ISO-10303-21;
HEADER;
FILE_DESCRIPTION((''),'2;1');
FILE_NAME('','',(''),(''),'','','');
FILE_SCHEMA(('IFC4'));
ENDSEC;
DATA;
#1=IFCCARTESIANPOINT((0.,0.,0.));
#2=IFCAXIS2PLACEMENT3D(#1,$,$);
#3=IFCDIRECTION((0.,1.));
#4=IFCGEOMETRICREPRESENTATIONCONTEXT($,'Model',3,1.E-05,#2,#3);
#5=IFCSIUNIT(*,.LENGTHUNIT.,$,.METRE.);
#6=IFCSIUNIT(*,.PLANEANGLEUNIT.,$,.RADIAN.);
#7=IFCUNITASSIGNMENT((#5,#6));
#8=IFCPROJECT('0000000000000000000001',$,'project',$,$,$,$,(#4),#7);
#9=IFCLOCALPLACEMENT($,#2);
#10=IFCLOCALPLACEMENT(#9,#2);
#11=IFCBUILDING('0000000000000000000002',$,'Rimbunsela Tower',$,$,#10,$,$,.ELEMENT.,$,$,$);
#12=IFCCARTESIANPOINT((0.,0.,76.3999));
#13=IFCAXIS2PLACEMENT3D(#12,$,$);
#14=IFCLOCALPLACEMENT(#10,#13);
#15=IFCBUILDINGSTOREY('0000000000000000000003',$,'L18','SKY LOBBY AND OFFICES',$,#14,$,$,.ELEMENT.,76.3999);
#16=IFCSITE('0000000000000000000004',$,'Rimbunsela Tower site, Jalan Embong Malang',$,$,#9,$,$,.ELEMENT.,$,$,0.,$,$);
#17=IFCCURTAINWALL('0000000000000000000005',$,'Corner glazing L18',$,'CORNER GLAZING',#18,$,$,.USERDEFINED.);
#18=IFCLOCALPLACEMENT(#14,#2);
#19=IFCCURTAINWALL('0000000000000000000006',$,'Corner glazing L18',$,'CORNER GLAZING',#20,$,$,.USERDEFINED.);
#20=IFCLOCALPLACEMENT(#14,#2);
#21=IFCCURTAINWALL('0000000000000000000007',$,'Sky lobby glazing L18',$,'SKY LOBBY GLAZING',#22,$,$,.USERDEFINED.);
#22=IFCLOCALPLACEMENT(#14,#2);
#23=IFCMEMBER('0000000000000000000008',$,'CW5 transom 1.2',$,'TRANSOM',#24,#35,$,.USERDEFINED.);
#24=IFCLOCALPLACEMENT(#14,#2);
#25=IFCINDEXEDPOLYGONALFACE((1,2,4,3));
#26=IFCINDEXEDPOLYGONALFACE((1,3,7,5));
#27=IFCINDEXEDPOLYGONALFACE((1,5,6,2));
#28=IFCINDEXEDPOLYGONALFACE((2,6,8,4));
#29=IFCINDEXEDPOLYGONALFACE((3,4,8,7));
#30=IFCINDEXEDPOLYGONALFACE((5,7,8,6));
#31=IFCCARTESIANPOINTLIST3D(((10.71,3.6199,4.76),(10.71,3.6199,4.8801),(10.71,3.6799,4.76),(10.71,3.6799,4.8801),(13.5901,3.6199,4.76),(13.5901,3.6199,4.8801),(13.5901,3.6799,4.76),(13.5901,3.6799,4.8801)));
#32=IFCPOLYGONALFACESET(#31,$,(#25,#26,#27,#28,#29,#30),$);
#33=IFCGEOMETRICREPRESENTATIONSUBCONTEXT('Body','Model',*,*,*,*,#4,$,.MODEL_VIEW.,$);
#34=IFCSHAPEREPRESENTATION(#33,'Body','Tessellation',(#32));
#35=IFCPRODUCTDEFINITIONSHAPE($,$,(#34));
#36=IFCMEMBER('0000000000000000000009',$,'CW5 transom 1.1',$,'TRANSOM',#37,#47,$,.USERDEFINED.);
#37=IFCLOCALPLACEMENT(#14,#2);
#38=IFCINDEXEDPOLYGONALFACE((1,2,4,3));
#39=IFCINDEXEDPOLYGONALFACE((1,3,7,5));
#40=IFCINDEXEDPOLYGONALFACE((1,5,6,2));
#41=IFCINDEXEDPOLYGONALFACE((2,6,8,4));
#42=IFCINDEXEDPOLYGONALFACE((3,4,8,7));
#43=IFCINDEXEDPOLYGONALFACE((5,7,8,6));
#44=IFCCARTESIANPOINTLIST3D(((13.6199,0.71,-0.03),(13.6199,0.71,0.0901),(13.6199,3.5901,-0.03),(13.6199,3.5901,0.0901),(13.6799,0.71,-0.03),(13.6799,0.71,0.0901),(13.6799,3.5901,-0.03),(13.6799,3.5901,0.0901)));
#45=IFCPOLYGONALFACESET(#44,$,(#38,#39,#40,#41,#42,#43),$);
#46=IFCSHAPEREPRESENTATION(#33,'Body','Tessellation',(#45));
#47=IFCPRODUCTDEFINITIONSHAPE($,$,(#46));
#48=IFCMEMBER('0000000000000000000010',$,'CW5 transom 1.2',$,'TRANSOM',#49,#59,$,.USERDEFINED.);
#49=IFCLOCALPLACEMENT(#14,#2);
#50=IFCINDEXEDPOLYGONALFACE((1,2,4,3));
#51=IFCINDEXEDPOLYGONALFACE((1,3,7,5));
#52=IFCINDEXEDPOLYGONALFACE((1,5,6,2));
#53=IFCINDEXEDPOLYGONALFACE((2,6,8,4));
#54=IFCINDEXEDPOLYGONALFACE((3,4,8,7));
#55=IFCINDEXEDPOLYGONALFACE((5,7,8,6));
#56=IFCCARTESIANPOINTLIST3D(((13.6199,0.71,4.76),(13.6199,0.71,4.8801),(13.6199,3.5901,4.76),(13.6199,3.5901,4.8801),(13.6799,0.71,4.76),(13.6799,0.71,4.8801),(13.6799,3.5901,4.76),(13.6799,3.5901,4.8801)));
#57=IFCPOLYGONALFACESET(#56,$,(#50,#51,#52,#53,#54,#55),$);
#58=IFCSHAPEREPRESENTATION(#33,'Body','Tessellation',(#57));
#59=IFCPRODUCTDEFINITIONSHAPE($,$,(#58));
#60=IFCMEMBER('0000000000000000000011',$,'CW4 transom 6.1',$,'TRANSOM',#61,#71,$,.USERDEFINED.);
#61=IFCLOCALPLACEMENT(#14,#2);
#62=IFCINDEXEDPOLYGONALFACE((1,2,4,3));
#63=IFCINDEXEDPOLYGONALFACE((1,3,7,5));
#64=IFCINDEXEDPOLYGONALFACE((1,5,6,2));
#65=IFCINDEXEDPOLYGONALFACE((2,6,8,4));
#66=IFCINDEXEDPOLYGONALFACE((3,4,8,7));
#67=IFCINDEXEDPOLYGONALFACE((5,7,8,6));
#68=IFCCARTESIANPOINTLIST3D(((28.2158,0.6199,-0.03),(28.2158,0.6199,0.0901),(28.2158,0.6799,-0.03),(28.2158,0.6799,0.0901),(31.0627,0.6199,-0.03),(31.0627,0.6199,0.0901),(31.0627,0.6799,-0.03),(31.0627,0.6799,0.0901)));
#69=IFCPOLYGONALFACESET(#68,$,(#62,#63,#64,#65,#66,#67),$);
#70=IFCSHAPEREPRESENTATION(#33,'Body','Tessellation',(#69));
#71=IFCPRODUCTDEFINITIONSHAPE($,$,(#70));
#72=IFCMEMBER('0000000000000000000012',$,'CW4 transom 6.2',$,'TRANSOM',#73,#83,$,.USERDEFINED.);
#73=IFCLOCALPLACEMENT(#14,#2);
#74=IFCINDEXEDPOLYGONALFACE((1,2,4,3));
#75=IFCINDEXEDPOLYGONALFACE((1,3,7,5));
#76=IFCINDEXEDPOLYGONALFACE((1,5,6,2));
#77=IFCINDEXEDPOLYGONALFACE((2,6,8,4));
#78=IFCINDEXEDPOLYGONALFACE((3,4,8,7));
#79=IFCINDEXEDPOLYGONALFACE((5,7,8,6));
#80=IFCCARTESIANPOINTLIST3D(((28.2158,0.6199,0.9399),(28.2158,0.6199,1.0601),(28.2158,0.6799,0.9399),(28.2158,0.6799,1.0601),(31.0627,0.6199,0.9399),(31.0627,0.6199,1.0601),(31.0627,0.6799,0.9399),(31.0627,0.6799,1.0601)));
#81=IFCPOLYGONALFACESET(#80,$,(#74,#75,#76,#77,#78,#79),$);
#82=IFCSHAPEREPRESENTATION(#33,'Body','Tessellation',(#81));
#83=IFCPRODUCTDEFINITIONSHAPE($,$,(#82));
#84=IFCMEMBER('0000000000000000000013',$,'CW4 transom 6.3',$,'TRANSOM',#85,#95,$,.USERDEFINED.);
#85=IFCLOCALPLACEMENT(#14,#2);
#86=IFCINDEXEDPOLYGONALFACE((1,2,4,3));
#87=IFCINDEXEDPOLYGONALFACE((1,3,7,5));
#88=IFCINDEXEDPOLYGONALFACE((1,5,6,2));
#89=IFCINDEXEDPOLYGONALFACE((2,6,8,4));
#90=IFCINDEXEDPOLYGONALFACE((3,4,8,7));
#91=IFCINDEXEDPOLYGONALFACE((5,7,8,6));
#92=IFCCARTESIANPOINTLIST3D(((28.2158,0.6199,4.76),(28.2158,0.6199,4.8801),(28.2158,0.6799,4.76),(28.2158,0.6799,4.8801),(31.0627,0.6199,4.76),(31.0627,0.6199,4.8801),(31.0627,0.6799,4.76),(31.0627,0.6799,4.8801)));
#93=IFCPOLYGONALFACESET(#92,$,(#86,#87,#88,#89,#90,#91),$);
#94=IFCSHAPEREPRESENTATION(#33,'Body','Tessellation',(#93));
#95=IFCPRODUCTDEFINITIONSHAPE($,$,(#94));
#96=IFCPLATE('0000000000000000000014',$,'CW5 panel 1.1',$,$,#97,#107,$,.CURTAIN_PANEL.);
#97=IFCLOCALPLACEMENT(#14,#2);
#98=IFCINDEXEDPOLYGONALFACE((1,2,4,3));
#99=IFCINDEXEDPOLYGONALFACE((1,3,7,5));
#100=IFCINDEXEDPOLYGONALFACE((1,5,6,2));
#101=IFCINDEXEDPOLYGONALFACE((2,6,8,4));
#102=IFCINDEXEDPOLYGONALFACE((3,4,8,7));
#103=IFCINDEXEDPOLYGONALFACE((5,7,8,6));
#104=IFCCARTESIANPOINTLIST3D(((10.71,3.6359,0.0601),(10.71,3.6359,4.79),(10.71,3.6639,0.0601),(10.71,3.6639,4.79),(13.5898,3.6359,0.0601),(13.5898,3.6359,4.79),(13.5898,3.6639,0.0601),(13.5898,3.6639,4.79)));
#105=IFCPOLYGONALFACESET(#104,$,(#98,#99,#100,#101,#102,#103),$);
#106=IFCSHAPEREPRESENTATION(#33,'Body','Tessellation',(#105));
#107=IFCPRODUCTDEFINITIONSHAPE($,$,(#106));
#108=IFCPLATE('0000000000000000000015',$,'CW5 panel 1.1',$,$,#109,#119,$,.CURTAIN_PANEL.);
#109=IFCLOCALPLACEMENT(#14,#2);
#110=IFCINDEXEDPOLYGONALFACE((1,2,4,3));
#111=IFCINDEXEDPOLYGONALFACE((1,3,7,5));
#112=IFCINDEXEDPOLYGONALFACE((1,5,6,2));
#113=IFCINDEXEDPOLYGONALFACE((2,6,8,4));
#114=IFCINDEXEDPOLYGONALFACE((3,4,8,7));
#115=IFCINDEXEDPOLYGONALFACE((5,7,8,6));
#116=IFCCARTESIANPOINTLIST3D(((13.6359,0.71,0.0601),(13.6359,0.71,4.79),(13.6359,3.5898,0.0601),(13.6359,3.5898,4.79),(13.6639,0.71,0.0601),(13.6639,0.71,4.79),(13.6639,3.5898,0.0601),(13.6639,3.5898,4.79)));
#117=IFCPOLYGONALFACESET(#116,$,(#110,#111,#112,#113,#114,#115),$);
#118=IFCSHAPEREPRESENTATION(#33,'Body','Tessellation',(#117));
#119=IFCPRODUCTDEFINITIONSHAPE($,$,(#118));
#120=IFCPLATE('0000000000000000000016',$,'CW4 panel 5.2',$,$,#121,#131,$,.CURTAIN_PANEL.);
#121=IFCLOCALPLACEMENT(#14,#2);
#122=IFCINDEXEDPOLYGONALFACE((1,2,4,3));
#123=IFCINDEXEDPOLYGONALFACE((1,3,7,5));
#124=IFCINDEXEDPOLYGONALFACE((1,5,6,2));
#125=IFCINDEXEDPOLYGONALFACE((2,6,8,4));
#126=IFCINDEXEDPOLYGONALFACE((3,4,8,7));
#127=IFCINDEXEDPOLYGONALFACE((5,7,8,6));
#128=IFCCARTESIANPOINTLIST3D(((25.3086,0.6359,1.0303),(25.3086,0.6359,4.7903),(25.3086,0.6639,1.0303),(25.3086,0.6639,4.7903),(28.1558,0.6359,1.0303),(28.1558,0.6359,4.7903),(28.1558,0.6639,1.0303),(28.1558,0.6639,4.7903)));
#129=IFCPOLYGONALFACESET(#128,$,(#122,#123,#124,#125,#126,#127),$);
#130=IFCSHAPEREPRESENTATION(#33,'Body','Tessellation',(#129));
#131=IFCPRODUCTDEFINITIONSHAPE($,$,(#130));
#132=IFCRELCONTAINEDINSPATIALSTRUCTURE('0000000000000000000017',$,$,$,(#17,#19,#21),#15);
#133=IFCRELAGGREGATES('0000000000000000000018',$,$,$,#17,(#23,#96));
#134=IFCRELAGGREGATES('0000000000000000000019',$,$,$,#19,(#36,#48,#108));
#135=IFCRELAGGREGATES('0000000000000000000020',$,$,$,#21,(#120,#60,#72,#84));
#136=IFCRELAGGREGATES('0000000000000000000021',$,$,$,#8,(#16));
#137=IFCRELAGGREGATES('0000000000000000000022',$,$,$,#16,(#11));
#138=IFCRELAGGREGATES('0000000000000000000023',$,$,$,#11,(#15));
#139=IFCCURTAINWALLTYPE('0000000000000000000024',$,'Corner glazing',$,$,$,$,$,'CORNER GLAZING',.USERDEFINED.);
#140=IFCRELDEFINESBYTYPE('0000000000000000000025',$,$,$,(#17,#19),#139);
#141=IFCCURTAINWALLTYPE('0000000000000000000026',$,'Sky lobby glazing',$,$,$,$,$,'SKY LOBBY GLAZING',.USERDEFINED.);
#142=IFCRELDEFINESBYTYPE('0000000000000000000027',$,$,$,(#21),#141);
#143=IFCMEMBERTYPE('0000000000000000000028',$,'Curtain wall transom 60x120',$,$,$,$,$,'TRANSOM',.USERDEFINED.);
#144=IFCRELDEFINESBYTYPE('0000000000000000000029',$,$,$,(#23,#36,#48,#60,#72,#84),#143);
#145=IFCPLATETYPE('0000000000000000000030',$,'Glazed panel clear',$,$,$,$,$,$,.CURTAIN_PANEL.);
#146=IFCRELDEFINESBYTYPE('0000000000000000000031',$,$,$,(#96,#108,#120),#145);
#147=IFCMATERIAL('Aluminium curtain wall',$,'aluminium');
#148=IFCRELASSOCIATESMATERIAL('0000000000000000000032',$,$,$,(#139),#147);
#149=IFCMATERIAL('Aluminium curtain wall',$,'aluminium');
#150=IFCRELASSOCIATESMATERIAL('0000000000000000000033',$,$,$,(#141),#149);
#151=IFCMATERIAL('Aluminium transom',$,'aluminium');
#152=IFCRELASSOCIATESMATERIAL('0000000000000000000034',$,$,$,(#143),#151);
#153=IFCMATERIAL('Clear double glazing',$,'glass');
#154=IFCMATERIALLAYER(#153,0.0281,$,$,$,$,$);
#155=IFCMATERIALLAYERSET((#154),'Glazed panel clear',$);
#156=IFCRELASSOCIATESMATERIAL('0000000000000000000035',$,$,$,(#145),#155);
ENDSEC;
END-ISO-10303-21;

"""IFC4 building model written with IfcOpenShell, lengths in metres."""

from ifc_helpers import new_model, si_unit, direction, frame, origin, origin_2d, place, context, subcontext, project, spatial, rectangle, extrude, material, layer, layer_set, material_profile, profile_set, type_object, element, aggregate, save


model = new_model("IFC4")

# Units and contexts
model_context = context("Model", 3, precision=1e-05, world=origin(), true_north=direction((0.0, 1.0)))
body_context = subcontext(model_context, "Body", "Model", "MODEL_VIEW")
ifc_project = project(units=[si_unit("LENGTHUNIT", "METRE"), si_unit("PLANEANGLEUNIT", "RADIAN")], contexts=[model_context])

# Site, building, storey
site_placement = place(None, origin())
site = spatial("IfcSite", under=ifc_project, at=site_placement, Name="Rimbunsela Tower site, Jalan Embong Malang", CompositionType="ELEMENT", RefElevation=0.0)
building_placement = place(site_placement, origin())
building = spatial("IfcBuilding", under=site, at=building_placement, Name="Rimbunsela Tower", CompositionType="ELEMENT")
storey_placement = place(building_placement, frame((0.0, 0.0, 76.3999)))
storey = spatial("IfcBuildingStorey", under=building, at=storey_placement, Name="L18", Description="SKY LOBBY AND OFFICES", CompositionType="ELEMENT", Elevation=76.3999)

# Curtain walls
ifc_material_1 = material(Name="Aluminium curtain wall", Category="aluminium")
curtain_wall_type_1 = type_object("IfcCurtainWallType", Name="Corner glazing", ElementType="CORNER GLAZING", PredefinedType="USERDEFINED", material=ifc_material_1)
curtain_wall_1_placement = place(storey_placement, origin())
curtain_wall_1 = element("IfcCurtainWall", 1, at=curtain_wall_1_placement, inside=storey, type_object=curtain_wall_type_1, Name="Corner glazing L18", ObjectType="CORNER GLAZING", PredefinedType="USERDEFINED")
curtain_wall_2_placement = place(storey_placement, origin())
curtain_wall_2 = element("IfcCurtainWall", 2, at=curtain_wall_2_placement, inside=storey, type_object=curtain_wall_type_1, Name="Corner glazing L18", ObjectType="CORNER GLAZING", PredefinedType="USERDEFINED")

# Curtain wall
ifc_material_2 = material(Name="Aluminium curtain wall", Category="aluminium")
curtain_wall_type_2 = type_object("IfcCurtainWallType", Name="Sky lobby glazing", ElementType="SKY LOBBY GLAZING", PredefinedType="USERDEFINED", material=ifc_material_2)
curtain_wall_3_placement = place(storey_placement, origin())
curtain_wall_3 = element("IfcCurtainWall", 3, at=curtain_wall_3_placement, inside=storey, type_object=curtain_wall_type_2, Name="Sky lobby glazing L18", ObjectType="SKY LOBBY GLAZING", PredefinedType="USERDEFINED")

# Members
ifc_material_3 = material(Name="Aluminium transom", Category="aluminium")
ifc_material_profile_1 = material_profile(ifc_material_3, rectangle(XDim=0.0601, YDim=0.1201, at=origin_2d()), Name="Transom 60x120")
ifc_profile_set_1 = profile_set([ifc_material_profile_1], Name="Aluminium transom")
member_type_1 = type_object("IfcMemberType", Name="Curtain wall transom 60x120", ElementType="TRANSOM", PredefinedType="USERDEFINED", material=ifc_profile_set_1)
member_1_placement = place(storey_placement, frame((10.71, 3.6499, 4.8201), z_axis=(1.0, 0.0, 0.0), x_axis=(0.0, 1.0, 0.0)))
member_1 = element("IfcMember", 4, at=member_1_placement, type_object=member_type_1, Name="CW5 transom 1.2", ObjectType="TRANSOM", PredefinedType="USERDEFINED", context=body_context, shape_type="SweptSolid", body=[
    extrude(rectangle(XDim=0.0601, YDim=0.1201, at=origin_2d()), origin(), (0.0, 0.0, 1.0), 2.8801),
])
member_2_placement = place(storey_placement, frame((13.6499, 3.5901, 0.03), z_axis=(0.0, -1.0, 0.0), x_axis=(1.0, 0.0, 0.0)))
member_2 = element("IfcMember", 5, at=member_2_placement, type_object=member_type_1, Name="CW5 transom 1.1", ObjectType="TRANSOM", PredefinedType="USERDEFINED", context=body_context, shape_type="SweptSolid", body=[
    extrude(rectangle(XDim=0.0601, YDim=0.1201, at=origin_2d()), origin(), (0.0, 0.0, 1.0), 2.8801),
])
member_3_placement = place(storey_placement, frame((13.6499, 3.5901, 4.8201), z_axis=(0.0, -1.0, 0.0), x_axis=(1.0, 0.0, 0.0)))
member_3 = element("IfcMember", 6, at=member_3_placement, type_object=member_type_1, Name="CW5 transom 1.2", ObjectType="TRANSOM", PredefinedType="USERDEFINED", context=body_context, shape_type="SweptSolid", body=[
    extrude(rectangle(XDim=0.0601, YDim=0.1201, at=origin_2d()), origin(), (0.0, 0.0, 1.0), 2.8801),
])
member_4_placement = place(storey_placement, frame((28.2158, 0.6499, 0.03), z_axis=(1.0, 0.0, 0.0), x_axis=(0.0, 1.0, 0.0)))
member_4 = element("IfcMember", 7, at=member_4_placement, type_object=member_type_1, Name="CW4 transom 6.1", ObjectType="TRANSOM", PredefinedType="USERDEFINED", context=body_context, shape_type="SweptSolid", body=[
    extrude(rectangle(XDim=0.0601, YDim=0.1201, at=origin_2d()), origin(), (0.0, 0.0, 1.0), 2.8469),
])
member_5_placement = place(storey_placement, frame((28.2158, 0.6499, 1.0), z_axis=(1.0, 0.0, 0.0), x_axis=(0.0, 1.0, 0.0)))
member_5 = element("IfcMember", 8, at=member_5_placement, type_object=member_type_1, Name="CW4 transom 6.2", ObjectType="TRANSOM", PredefinedType="USERDEFINED", context=body_context, shape_type="SweptSolid", body=[
    extrude(rectangle(XDim=0.0601, YDim=0.1201, at=origin_2d()), origin(), (0.0, 0.0, 1.0), 2.8469),
])
member_6_placement = place(storey_placement, frame((28.2158, 0.6499, 4.8201), z_axis=(1.0, 0.0, 0.0), x_axis=(0.0, 1.0, 0.0)))
member_6 = element("IfcMember", 9, at=member_6_placement, type_object=member_type_1, Name="CW4 transom 6.3", ObjectType="TRANSOM", PredefinedType="USERDEFINED", context=body_context, shape_type="SweptSolid", body=[
    extrude(rectangle(XDim=0.0601, YDim=0.1201, at=origin_2d()), origin(), (0.0, 0.0, 1.0), 2.8469),
])

# Plates
ifc_material_4 = material(Name="Clear double glazing", Category="glass")
ifc_layer = layer(ifc_material_4, 0.0281)
ifc_layer_set = layer_set([ifc_layer], Name="Glazed panel clear")
plate_type = type_object("IfcPlateType", Name="Glazed panel clear", PredefinedType="CURTAIN_PANEL", material=ifc_layer_set)
plate_1_placement = place(storey_placement, frame((12.1499, 3.6499, 0.0601), z_axis=(0.0, 0.0, 1.0), x_axis=(1.0, 0.0, 0.0)))
plate_1 = element("IfcPlate", 10, at=plate_1_placement, type_object=plate_type, Name="CW5 panel 1.1", PredefinedType="CURTAIN_PANEL", context=body_context, shape_type="SweptSolid", body=[
    extrude(rectangle(XDim=2.8799, YDim=0.0281, at=origin_2d()), origin(), (0.0, 0.0, 1.0), 4.73),
])
aggregate(curtain_wall_1, [member_1, plate_1])
plate_2_placement = place(storey_placement, frame((13.6499, 2.1499, 0.0601), z_axis=(0.0, 0.0, 1.0), x_axis=(0.0, -1.0, 0.0)))
plate_2 = element("IfcPlate", 11, at=plate_2_placement, type_object=plate_type, Name="CW5 panel 1.1", PredefinedType="CURTAIN_PANEL", context=body_context, shape_type="SweptSolid", body=[
    extrude(rectangle(XDim=2.8799, YDim=0.0281, at=origin_2d()), origin(), (0.0, 0.0, 1.0), 4.73),
])
aggregate(curtain_wall_2, [member_2, member_3, plate_2])
plate_3_placement = place(storey_placement, frame((26.7322, 0.6499, 1.0303), z_axis=(0.0, 0.0, 1.0), x_axis=(1.0, 0.0, 0.0)))
plate_3 = element("IfcPlate", 12, at=plate_3_placement, type_object=plate_type, Name="CW4 panel 5.2", PredefinedType="CURTAIN_PANEL", context=body_context, shape_type="SweptSolid", body=[
    extrude(rectangle(XDim=2.8472, YDim=0.0281, at=origin_2d()), origin(), (0.0, 0.0, 1.0), 3.76),
])
aggregate(curtain_wall_3, [plate_3, member_4, member_5, member_6])

save(model, "model.ifc")
